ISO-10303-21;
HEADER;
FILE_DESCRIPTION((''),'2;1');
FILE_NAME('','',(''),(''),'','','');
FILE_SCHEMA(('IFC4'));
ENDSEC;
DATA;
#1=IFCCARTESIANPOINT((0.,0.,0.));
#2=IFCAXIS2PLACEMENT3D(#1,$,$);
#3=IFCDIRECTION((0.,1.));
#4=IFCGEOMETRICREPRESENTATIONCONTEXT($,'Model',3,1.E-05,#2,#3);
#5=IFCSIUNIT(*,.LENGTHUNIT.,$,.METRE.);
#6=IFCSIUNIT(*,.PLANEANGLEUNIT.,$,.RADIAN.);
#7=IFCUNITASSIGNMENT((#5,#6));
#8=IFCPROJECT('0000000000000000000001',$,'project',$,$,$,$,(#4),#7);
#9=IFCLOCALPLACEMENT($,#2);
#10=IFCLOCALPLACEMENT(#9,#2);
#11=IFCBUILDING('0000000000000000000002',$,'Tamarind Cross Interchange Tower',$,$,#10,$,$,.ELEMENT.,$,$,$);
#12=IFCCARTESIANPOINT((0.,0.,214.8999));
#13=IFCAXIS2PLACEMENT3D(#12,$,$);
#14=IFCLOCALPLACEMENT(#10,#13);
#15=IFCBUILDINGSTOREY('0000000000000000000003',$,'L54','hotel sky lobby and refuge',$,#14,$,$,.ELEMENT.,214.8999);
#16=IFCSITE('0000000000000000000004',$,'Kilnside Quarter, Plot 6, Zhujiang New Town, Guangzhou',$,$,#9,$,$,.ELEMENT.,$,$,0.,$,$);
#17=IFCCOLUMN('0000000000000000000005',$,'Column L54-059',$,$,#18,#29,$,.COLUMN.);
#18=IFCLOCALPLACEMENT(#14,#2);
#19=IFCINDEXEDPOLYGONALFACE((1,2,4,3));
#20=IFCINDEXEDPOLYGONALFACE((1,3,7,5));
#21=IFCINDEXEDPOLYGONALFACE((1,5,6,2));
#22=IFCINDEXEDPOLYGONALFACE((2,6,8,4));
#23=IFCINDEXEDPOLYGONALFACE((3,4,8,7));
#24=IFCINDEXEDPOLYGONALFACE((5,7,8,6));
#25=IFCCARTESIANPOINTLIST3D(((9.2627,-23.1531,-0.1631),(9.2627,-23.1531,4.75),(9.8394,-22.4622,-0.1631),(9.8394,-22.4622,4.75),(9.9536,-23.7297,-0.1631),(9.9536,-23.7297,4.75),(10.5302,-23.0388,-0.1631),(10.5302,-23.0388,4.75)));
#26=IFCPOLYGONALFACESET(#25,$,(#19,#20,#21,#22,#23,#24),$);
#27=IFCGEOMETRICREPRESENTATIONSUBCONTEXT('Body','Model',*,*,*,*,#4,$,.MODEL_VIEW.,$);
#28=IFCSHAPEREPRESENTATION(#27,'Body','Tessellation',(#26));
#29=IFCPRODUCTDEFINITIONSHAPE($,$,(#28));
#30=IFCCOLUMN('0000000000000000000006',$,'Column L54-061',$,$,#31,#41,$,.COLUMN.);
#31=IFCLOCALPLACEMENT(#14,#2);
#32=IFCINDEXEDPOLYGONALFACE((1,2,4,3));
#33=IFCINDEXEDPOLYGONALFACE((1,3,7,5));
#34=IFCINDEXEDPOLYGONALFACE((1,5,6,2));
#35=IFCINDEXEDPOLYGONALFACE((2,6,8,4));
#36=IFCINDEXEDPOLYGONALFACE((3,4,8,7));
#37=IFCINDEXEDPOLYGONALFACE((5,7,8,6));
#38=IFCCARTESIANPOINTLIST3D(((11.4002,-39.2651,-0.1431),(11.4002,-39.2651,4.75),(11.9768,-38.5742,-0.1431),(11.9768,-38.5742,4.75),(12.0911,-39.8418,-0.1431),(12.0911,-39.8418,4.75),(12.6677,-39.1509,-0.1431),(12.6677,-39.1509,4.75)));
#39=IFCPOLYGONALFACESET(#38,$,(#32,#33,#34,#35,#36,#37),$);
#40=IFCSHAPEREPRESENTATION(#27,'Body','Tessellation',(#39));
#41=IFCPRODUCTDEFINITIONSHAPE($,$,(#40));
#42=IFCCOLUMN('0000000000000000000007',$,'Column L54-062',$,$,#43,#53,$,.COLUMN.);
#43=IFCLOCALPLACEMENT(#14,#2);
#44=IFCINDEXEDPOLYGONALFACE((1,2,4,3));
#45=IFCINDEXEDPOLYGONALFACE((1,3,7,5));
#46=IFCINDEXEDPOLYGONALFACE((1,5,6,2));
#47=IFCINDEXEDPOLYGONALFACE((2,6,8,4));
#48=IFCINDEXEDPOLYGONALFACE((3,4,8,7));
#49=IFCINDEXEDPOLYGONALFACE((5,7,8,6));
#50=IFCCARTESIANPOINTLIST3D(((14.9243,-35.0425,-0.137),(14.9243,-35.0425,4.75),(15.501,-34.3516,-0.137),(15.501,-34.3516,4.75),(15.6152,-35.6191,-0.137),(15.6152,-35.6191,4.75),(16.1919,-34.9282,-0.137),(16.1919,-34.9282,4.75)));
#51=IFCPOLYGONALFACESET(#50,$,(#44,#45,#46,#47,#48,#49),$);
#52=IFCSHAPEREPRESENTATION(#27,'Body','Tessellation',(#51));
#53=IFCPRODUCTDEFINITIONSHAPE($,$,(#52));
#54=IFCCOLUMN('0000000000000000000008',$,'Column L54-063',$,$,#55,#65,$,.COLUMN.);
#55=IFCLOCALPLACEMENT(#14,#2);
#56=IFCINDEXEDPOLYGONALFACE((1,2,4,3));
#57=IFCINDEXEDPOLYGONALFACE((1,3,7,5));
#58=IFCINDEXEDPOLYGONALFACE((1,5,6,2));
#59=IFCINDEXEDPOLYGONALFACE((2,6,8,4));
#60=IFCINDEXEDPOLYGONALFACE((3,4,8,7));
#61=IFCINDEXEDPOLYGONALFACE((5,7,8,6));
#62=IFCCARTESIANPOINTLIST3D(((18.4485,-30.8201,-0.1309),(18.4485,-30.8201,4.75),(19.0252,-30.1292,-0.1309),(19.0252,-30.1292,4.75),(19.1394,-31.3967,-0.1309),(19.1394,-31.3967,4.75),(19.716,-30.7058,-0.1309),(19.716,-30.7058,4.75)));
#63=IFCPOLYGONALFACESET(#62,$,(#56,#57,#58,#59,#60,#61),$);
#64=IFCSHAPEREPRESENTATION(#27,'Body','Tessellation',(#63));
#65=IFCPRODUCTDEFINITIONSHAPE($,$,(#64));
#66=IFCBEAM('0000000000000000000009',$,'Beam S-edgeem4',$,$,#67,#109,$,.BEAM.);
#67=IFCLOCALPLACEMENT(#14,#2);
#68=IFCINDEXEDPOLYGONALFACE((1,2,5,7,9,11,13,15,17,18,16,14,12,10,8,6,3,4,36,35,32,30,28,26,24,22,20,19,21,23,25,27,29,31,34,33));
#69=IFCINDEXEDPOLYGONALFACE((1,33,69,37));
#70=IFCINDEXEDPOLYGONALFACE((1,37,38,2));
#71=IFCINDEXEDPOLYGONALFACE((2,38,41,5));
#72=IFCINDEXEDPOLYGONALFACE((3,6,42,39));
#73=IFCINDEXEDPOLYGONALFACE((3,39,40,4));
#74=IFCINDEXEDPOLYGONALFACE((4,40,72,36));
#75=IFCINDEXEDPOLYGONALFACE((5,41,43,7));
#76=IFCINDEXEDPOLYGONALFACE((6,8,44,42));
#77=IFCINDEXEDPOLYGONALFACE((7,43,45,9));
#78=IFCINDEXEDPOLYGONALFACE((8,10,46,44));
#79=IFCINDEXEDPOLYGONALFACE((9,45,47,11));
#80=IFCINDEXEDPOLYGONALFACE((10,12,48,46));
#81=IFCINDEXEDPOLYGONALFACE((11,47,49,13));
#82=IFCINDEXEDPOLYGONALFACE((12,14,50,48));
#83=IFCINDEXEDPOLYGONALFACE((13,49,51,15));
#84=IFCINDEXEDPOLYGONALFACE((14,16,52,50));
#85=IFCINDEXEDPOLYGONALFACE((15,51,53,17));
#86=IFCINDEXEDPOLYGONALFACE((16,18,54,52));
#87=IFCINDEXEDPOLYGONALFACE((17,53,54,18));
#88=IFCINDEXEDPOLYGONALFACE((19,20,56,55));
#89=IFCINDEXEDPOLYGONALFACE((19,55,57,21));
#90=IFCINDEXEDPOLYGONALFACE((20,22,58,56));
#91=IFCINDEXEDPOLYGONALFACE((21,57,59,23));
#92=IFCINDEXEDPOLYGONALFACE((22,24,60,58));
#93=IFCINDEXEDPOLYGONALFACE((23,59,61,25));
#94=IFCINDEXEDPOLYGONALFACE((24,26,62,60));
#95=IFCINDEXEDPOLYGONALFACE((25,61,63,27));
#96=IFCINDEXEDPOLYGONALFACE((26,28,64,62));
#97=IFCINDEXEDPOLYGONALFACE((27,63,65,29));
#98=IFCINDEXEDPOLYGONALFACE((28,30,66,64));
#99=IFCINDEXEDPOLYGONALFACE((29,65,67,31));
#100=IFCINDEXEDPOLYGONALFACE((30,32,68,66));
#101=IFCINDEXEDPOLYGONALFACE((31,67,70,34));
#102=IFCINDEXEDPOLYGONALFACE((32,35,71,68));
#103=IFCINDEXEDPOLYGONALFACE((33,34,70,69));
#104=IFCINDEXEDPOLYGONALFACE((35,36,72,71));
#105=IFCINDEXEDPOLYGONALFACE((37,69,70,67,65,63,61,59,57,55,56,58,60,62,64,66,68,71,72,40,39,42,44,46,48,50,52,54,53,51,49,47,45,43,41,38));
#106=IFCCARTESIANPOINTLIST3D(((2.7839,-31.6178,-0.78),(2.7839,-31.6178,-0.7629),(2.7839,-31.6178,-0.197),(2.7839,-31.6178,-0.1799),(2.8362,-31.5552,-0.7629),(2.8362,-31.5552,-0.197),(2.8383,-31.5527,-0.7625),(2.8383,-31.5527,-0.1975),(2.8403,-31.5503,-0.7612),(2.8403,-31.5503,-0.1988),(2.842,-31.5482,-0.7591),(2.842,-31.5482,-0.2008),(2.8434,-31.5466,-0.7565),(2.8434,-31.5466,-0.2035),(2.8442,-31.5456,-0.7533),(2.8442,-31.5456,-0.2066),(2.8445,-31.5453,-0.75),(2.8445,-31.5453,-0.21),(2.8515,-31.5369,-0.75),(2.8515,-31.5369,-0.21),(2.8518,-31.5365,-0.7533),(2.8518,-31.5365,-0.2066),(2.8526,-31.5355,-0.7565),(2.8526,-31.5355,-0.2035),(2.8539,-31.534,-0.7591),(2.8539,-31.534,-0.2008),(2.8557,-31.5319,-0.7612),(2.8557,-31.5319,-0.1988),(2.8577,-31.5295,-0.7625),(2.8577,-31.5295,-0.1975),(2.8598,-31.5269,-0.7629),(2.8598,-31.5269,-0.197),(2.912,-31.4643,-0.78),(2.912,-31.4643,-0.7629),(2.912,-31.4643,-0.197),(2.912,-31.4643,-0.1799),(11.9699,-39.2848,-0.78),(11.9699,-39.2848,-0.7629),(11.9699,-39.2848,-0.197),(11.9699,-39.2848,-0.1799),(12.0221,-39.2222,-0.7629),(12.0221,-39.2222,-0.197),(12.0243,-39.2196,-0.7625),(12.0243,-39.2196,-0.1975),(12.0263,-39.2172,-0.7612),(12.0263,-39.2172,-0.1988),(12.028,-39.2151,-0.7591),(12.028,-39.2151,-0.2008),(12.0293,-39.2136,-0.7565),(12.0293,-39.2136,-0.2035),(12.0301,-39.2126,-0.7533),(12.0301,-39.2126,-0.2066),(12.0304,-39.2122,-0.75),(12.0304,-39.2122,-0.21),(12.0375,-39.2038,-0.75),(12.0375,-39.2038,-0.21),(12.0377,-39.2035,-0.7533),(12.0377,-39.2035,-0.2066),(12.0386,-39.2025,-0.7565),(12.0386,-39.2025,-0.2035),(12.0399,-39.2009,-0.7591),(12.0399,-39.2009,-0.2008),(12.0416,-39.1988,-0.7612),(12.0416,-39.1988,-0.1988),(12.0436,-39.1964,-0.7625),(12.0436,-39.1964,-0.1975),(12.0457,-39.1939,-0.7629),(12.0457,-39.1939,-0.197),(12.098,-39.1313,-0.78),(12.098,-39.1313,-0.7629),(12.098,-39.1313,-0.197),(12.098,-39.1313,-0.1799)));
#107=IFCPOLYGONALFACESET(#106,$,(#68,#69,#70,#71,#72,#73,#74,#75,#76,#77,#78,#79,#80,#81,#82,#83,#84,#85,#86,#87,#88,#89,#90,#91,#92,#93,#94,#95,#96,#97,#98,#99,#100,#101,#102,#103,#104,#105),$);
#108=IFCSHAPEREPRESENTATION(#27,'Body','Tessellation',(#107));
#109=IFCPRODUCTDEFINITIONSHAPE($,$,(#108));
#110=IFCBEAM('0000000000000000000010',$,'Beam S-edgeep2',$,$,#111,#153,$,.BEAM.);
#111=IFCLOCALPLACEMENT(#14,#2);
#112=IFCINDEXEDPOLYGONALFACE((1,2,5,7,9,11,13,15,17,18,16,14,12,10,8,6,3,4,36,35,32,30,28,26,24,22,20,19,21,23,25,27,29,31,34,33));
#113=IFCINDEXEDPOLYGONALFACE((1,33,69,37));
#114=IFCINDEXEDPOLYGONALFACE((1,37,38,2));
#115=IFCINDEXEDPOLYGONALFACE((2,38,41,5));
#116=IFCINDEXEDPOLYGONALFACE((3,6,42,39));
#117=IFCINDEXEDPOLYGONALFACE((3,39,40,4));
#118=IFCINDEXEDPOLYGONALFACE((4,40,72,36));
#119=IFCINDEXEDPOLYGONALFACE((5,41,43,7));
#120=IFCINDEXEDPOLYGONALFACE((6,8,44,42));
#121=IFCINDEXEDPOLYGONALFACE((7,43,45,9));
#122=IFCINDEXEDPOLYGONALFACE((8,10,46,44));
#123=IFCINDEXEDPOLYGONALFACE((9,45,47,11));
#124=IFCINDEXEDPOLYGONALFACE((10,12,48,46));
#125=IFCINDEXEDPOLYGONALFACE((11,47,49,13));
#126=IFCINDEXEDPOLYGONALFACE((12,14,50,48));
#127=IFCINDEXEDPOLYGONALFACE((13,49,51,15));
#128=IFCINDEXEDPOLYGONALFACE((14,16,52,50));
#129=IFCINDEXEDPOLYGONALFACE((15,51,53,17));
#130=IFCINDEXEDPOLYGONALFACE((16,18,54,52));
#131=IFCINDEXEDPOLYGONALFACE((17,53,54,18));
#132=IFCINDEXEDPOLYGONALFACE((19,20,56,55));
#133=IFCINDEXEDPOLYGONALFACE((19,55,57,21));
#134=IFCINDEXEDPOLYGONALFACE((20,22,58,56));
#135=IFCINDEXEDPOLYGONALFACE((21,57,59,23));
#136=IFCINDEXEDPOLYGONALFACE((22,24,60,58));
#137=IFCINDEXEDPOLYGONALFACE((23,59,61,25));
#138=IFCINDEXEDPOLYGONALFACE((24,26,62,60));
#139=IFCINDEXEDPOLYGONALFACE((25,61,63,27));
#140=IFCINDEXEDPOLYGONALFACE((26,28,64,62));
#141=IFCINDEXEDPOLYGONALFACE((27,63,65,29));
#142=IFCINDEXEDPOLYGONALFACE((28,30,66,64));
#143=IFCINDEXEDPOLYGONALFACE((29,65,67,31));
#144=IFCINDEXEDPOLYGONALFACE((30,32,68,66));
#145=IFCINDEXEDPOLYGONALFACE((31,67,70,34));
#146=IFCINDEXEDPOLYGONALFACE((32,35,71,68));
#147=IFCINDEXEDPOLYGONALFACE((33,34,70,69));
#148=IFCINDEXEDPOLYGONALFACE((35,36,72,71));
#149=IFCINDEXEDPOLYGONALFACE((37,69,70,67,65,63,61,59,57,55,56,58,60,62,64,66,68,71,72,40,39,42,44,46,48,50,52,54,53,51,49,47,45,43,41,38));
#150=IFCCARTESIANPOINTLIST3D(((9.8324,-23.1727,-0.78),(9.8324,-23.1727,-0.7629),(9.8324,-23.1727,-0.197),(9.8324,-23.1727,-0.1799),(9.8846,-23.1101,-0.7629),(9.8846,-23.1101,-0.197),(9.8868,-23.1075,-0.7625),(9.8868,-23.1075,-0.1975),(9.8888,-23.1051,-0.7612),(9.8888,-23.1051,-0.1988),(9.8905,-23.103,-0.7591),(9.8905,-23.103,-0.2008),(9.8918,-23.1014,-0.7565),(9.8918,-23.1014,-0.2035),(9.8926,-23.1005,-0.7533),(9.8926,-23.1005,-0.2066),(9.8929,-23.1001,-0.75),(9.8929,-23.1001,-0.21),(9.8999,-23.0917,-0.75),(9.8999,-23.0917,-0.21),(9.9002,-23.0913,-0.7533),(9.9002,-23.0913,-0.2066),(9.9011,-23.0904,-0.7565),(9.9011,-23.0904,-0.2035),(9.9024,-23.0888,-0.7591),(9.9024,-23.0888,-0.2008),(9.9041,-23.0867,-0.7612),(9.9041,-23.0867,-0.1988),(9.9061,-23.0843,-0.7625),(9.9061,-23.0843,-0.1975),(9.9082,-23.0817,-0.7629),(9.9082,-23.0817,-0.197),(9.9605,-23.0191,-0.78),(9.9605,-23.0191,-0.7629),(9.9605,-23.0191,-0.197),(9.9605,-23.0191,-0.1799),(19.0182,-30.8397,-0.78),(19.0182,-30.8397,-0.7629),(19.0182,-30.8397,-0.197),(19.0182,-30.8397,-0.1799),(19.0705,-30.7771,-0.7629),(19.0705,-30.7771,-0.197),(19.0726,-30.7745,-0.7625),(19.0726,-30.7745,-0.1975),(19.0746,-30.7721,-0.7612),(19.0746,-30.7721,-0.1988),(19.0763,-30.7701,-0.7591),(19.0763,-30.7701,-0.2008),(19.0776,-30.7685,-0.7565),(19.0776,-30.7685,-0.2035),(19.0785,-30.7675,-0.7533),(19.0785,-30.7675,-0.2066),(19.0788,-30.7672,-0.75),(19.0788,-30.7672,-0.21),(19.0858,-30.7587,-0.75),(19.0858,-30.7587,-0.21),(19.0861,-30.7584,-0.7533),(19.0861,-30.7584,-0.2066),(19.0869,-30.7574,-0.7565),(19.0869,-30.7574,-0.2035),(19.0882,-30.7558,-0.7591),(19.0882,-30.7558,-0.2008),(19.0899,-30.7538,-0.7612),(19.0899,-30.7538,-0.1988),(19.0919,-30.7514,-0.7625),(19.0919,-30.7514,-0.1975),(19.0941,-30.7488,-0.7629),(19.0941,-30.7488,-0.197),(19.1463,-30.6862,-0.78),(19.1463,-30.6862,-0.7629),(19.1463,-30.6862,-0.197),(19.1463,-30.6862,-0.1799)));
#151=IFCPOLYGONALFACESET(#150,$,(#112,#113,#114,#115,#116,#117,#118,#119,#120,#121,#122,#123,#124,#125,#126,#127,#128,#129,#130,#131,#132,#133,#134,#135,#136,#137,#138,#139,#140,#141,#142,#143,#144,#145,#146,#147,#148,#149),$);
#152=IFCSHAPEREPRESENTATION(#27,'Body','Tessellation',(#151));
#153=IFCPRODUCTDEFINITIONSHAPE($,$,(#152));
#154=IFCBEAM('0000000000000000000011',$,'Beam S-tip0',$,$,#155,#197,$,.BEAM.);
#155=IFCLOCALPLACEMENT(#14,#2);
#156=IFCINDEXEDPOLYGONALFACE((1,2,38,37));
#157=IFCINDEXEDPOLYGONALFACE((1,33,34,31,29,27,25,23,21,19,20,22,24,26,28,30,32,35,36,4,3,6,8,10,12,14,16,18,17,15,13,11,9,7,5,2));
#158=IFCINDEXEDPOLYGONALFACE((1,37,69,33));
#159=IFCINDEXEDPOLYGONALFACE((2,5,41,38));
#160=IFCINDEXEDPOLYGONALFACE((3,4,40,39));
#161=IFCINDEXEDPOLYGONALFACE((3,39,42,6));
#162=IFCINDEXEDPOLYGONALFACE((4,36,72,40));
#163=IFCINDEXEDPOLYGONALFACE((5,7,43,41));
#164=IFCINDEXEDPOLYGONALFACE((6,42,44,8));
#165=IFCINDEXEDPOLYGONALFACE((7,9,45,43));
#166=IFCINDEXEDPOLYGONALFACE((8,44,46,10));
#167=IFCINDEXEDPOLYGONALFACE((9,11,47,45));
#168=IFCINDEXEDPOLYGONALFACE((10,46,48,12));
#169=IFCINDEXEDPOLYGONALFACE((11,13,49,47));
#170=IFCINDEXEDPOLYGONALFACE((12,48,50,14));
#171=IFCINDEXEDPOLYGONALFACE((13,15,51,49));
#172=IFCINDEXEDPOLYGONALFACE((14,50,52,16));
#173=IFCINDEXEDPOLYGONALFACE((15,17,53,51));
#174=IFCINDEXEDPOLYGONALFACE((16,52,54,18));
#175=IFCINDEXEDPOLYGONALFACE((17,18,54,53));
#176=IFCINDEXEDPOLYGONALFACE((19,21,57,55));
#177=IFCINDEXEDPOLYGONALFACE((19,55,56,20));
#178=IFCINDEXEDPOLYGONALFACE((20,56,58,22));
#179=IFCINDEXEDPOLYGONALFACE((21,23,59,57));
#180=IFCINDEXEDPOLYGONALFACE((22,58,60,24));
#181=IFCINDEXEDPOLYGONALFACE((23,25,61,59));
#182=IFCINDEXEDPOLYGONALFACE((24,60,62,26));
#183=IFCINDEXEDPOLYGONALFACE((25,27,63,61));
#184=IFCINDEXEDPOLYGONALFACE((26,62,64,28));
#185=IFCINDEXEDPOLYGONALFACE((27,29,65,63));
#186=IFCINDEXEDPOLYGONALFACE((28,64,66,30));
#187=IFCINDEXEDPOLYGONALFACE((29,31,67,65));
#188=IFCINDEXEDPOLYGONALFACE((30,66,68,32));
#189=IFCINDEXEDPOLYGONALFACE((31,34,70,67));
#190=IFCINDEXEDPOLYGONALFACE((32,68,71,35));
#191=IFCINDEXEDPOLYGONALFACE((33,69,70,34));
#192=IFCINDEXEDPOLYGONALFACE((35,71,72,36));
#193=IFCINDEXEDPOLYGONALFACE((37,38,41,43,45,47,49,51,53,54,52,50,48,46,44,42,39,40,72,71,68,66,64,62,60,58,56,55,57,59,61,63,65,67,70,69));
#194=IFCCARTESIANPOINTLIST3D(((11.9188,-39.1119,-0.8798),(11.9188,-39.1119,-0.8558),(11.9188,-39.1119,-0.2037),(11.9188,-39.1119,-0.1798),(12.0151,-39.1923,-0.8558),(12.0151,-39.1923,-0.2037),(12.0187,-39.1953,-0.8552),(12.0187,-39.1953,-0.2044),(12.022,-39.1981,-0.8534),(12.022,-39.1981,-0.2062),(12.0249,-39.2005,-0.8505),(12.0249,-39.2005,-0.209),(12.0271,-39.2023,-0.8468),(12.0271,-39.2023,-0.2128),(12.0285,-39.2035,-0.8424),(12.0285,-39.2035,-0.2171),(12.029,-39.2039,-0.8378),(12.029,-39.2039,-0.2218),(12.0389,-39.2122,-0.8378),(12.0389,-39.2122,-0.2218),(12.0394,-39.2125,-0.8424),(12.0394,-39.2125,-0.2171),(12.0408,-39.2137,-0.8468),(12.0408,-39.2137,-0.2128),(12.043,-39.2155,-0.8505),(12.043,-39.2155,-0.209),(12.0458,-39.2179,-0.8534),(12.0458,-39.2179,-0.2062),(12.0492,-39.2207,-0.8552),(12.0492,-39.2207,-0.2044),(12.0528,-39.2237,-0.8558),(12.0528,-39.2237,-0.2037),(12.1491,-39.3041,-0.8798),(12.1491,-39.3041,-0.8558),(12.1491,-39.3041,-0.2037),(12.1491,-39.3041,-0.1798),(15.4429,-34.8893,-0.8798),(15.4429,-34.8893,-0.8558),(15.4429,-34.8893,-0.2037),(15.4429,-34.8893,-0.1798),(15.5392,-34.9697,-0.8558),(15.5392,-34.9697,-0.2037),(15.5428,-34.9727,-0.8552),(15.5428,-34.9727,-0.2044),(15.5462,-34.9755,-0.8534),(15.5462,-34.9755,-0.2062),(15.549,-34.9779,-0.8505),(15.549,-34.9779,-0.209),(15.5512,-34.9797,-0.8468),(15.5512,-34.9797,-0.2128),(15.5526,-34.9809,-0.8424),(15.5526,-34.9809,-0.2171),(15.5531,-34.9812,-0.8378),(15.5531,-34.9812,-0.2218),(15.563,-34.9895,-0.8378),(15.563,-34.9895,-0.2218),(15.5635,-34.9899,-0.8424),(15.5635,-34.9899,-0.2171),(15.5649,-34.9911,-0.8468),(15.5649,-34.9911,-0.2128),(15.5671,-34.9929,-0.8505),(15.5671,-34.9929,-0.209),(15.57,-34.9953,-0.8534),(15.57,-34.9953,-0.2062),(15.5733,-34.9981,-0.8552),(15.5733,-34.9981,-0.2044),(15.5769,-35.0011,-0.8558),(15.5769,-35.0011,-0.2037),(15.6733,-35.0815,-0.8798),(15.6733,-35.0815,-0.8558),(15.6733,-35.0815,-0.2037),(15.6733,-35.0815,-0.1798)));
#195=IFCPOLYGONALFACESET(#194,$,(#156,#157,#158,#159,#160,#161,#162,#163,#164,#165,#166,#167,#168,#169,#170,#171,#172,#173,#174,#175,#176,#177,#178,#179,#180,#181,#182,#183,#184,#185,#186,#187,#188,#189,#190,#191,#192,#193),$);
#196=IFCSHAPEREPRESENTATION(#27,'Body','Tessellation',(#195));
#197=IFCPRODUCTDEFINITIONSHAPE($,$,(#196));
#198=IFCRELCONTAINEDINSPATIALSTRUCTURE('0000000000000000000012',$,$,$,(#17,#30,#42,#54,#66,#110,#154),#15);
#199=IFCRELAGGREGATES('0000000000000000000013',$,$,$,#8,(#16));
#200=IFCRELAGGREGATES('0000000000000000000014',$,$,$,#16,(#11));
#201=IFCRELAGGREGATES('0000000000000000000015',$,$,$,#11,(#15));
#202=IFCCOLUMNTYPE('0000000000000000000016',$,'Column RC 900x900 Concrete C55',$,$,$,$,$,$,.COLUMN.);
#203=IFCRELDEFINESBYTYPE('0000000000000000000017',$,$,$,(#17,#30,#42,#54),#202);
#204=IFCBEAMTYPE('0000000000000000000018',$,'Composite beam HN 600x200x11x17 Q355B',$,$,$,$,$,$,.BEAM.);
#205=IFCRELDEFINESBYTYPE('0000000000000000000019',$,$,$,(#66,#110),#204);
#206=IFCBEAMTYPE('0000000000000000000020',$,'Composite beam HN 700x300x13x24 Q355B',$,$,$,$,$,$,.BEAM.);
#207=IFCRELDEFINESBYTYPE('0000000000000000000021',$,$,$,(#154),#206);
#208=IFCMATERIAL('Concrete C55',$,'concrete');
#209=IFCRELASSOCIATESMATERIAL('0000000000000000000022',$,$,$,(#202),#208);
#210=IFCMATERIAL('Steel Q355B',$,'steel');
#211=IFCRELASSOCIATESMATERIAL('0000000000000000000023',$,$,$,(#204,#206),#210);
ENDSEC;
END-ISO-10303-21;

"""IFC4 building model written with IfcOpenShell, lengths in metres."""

from ifc_helpers import new_model, si_unit, direction, frame, origin, origin_2d, place, context, subcontext, project, spatial, rectangle, i_section, extrude, material, material_profile, profile_set, type_object, element, save


model = new_model("IFC4")

# Units and contexts
model_context = context("Model", 3, precision=1e-05, world=origin(), true_north=direction((0.0, 1.0)))
body_context = subcontext(model_context, "Body", "Model", "MODEL_VIEW")
ifc_project = project(units=[si_unit("LENGTHUNIT", "METRE"), si_unit("PLANEANGLEUNIT", "RADIAN")], contexts=[model_context])

# Site, building, storey
site_placement = place(None, origin())
site = spatial("IfcSite", under=ifc_project, at=site_placement, Name="Kilnside Quarter, Plot 6, Zhujiang New Town, Guangzhou", CompositionType="ELEMENT", RefElevation=0.0)
building_placement = place(site_placement, origin())
building = spatial("IfcBuilding", under=site, at=building_placement, Name="Tamarind Cross Interchange Tower", CompositionType="ELEMENT")
storey_placement = place(building_placement, frame((0.0, 0.0, 214.8999)))
storey = spatial("IfcBuildingStorey", under=building, at=storey_placement, Name="L54", Description="hotel sky lobby and refuge", CompositionType="ELEMENT", Elevation=214.8999)

# Columns
ifc_material_1 = material(Name="Concrete C55", Category="concrete")
ifc_material_profile_1 = material_profile(ifc_material_1, rectangle(XDim=0.8999, YDim=0.8999, at=origin_2d()), Name="RC 900x900")
ifc_profile_set_1 = profile_set([ifc_material_profile_1], Name="Concrete C55")
column_type = type_object("IfcColumnType", Name="Column RC 900x900 Concrete C55", PredefinedType="COLUMN", material=ifc_profile_set_1)
column_1_placement = place(storey_placement, frame((9.8965, -23.0959, -0.1631), z_axis=(0.0, 0.0, 1.0), x_axis=(0.640775, 0.767729, 0.0)))
element("IfcColumn", 1, at=column_1_placement, inside=storey, type_object=column_type, Name="Column L54-059", PredefinedType="COLUMN", context=body_context, shape_type="SweptSolid", body=[
    extrude(rectangle(XDim=0.8999, YDim=0.8999, at=origin_2d()), origin(), (0.0, 0.0, 1.0), 4.9131),
])
column_2_placement = place(storey_placement, frame((12.0339, -39.208, -0.1431), z_axis=(0.0, 0.0, 1.0), x_axis=(0.640775, 0.767729, 0.0)))
element("IfcColumn", 2, at=column_2_placement, inside=storey, type_object=column_type, Name="Column L54-061", PredefinedType="COLUMN", context=body_context, shape_type="SweptSolid", body=[
    extrude(rectangle(XDim=0.8999, YDim=0.8999, at=origin_2d()), origin(), (0.0, 0.0, 1.0), 4.8931),
])
column_3_placement = place(storey_placement, frame((15.5581, -34.9854, -0.137), z_axis=(0.0, 0.0, 1.0), x_axis=(0.640775, 0.767729, 0.0)))
element("IfcColumn", 3, at=column_3_placement, inside=storey, type_object=column_type, Name="Column L54-062", PredefinedType="COLUMN", context=body_context, shape_type="SweptSolid", body=[
    extrude(rectangle(XDim=0.8999, YDim=0.8999, at=origin_2d()), origin(), (0.0, 0.0, 1.0), 4.887),
])
column_4_placement = place(storey_placement, frame((19.0823, -30.7629, -0.1309), z_axis=(0.0, 0.0, 1.0), x_axis=(0.640775, 0.767729, 0.0)))
element("IfcColumn", 4, at=column_4_placement, inside=storey, type_object=column_type, Name="Column L54-063", PredefinedType="COLUMN", context=body_context, shape_type="SweptSolid", body=[
    extrude(rectangle(XDim=0.8999, YDim=0.8999, at=origin_2d()), origin(), (0.0, 0.0, 1.0), 4.8809),
])

# Beams
ifc_material_2 = material(Name="Steel Q355B", Category="steel")
ifc_material_profile_2 = material_profile(ifc_material_2, i_section(OverallWidth=0.2, OverallDepth=0.6001, WebThickness=0.011, FlangeThickness=0.0171, FilletRadius=0.0129, at=origin_2d()), Name="HN 600x200x11x17")
ifc_profile_set_2 = profile_set([ifc_material_profile_2], Name="Steel Q355B")
beam_type_1 = type_object("IfcBeamType", Name="Composite beam HN 600x200x11x17 Q355B", PredefinedType="BEAM", material=ifc_profile_set_2)
for number, where, z_axis, x_axis, name in (
    (5, (12.0339, -39.208, -0.48), (-0.767729, 0.640774, 0.0), (-0.640774, -0.767729, 0.0), "Beam S-edgeem4"),
    (6, (19.0823, -30.7629, -0.48), (-0.767721, 0.640784, 0.0), (-0.640784, -0.767721, 0.0), "Beam S-edgeep2"),
):
    element("IfcBeam", number, at=place(storey_placement, frame(where, z_axis=z_axis, x_axis=x_axis)), inside=storey, type_object=beam_type_1, Name=name, PredefinedType="BEAM", context=body_context, shape_type="SweptSolid", body=[
        extrude(i_section(OverallWidth=0.2, OverallDepth=0.6001, WebThickness=0.011, FlangeThickness=0.0171, FilletRadius=0.0129, at=origin_2d()), origin(), (0.0, 0.0, 1.0), 11.9651),
    ])
ifc_material_profile_3 = material_profile(ifc_material_2, i_section(OverallWidth=0.3, OverallDepth=0.7, WebThickness=0.0129, FlangeThickness=0.0239, FilletRadius=0.0181, at=origin_2d()), Name="HN 700x300x13x24")
ifc_profile_set_3 = profile_set([ifc_material_profile_3], Name="Steel Q355B")
beam_type_2 = type_object("IfcBeamType", Name="Composite beam HN 700x300x13x24 Q355B", PredefinedType="BEAM", material=ifc_profile_set_3)
beam_1_placement = place(storey_placement, frame((12.0339, -39.208, -0.5298), z_axis=(0.640752, 0.767748, 0.0), x_axis=(-0.767748, 0.640752, 0.0)))
element("IfcBeam", 7, at=beam_1_placement, inside=storey, type_object=beam_type_2, Name="Beam S-tip0", PredefinedType="BEAM", context=body_context, shape_type="SweptSolid", body=[
    extrude(i_section(OverallWidth=0.3, OverallDepth=0.7, WebThickness=0.0129, FlangeThickness=0.0239, FilletRadius=0.0181, at=origin_2d()), origin(), (0.0, 0.0, 1.0), 5.5),
])

save(model, "model.ifc")
